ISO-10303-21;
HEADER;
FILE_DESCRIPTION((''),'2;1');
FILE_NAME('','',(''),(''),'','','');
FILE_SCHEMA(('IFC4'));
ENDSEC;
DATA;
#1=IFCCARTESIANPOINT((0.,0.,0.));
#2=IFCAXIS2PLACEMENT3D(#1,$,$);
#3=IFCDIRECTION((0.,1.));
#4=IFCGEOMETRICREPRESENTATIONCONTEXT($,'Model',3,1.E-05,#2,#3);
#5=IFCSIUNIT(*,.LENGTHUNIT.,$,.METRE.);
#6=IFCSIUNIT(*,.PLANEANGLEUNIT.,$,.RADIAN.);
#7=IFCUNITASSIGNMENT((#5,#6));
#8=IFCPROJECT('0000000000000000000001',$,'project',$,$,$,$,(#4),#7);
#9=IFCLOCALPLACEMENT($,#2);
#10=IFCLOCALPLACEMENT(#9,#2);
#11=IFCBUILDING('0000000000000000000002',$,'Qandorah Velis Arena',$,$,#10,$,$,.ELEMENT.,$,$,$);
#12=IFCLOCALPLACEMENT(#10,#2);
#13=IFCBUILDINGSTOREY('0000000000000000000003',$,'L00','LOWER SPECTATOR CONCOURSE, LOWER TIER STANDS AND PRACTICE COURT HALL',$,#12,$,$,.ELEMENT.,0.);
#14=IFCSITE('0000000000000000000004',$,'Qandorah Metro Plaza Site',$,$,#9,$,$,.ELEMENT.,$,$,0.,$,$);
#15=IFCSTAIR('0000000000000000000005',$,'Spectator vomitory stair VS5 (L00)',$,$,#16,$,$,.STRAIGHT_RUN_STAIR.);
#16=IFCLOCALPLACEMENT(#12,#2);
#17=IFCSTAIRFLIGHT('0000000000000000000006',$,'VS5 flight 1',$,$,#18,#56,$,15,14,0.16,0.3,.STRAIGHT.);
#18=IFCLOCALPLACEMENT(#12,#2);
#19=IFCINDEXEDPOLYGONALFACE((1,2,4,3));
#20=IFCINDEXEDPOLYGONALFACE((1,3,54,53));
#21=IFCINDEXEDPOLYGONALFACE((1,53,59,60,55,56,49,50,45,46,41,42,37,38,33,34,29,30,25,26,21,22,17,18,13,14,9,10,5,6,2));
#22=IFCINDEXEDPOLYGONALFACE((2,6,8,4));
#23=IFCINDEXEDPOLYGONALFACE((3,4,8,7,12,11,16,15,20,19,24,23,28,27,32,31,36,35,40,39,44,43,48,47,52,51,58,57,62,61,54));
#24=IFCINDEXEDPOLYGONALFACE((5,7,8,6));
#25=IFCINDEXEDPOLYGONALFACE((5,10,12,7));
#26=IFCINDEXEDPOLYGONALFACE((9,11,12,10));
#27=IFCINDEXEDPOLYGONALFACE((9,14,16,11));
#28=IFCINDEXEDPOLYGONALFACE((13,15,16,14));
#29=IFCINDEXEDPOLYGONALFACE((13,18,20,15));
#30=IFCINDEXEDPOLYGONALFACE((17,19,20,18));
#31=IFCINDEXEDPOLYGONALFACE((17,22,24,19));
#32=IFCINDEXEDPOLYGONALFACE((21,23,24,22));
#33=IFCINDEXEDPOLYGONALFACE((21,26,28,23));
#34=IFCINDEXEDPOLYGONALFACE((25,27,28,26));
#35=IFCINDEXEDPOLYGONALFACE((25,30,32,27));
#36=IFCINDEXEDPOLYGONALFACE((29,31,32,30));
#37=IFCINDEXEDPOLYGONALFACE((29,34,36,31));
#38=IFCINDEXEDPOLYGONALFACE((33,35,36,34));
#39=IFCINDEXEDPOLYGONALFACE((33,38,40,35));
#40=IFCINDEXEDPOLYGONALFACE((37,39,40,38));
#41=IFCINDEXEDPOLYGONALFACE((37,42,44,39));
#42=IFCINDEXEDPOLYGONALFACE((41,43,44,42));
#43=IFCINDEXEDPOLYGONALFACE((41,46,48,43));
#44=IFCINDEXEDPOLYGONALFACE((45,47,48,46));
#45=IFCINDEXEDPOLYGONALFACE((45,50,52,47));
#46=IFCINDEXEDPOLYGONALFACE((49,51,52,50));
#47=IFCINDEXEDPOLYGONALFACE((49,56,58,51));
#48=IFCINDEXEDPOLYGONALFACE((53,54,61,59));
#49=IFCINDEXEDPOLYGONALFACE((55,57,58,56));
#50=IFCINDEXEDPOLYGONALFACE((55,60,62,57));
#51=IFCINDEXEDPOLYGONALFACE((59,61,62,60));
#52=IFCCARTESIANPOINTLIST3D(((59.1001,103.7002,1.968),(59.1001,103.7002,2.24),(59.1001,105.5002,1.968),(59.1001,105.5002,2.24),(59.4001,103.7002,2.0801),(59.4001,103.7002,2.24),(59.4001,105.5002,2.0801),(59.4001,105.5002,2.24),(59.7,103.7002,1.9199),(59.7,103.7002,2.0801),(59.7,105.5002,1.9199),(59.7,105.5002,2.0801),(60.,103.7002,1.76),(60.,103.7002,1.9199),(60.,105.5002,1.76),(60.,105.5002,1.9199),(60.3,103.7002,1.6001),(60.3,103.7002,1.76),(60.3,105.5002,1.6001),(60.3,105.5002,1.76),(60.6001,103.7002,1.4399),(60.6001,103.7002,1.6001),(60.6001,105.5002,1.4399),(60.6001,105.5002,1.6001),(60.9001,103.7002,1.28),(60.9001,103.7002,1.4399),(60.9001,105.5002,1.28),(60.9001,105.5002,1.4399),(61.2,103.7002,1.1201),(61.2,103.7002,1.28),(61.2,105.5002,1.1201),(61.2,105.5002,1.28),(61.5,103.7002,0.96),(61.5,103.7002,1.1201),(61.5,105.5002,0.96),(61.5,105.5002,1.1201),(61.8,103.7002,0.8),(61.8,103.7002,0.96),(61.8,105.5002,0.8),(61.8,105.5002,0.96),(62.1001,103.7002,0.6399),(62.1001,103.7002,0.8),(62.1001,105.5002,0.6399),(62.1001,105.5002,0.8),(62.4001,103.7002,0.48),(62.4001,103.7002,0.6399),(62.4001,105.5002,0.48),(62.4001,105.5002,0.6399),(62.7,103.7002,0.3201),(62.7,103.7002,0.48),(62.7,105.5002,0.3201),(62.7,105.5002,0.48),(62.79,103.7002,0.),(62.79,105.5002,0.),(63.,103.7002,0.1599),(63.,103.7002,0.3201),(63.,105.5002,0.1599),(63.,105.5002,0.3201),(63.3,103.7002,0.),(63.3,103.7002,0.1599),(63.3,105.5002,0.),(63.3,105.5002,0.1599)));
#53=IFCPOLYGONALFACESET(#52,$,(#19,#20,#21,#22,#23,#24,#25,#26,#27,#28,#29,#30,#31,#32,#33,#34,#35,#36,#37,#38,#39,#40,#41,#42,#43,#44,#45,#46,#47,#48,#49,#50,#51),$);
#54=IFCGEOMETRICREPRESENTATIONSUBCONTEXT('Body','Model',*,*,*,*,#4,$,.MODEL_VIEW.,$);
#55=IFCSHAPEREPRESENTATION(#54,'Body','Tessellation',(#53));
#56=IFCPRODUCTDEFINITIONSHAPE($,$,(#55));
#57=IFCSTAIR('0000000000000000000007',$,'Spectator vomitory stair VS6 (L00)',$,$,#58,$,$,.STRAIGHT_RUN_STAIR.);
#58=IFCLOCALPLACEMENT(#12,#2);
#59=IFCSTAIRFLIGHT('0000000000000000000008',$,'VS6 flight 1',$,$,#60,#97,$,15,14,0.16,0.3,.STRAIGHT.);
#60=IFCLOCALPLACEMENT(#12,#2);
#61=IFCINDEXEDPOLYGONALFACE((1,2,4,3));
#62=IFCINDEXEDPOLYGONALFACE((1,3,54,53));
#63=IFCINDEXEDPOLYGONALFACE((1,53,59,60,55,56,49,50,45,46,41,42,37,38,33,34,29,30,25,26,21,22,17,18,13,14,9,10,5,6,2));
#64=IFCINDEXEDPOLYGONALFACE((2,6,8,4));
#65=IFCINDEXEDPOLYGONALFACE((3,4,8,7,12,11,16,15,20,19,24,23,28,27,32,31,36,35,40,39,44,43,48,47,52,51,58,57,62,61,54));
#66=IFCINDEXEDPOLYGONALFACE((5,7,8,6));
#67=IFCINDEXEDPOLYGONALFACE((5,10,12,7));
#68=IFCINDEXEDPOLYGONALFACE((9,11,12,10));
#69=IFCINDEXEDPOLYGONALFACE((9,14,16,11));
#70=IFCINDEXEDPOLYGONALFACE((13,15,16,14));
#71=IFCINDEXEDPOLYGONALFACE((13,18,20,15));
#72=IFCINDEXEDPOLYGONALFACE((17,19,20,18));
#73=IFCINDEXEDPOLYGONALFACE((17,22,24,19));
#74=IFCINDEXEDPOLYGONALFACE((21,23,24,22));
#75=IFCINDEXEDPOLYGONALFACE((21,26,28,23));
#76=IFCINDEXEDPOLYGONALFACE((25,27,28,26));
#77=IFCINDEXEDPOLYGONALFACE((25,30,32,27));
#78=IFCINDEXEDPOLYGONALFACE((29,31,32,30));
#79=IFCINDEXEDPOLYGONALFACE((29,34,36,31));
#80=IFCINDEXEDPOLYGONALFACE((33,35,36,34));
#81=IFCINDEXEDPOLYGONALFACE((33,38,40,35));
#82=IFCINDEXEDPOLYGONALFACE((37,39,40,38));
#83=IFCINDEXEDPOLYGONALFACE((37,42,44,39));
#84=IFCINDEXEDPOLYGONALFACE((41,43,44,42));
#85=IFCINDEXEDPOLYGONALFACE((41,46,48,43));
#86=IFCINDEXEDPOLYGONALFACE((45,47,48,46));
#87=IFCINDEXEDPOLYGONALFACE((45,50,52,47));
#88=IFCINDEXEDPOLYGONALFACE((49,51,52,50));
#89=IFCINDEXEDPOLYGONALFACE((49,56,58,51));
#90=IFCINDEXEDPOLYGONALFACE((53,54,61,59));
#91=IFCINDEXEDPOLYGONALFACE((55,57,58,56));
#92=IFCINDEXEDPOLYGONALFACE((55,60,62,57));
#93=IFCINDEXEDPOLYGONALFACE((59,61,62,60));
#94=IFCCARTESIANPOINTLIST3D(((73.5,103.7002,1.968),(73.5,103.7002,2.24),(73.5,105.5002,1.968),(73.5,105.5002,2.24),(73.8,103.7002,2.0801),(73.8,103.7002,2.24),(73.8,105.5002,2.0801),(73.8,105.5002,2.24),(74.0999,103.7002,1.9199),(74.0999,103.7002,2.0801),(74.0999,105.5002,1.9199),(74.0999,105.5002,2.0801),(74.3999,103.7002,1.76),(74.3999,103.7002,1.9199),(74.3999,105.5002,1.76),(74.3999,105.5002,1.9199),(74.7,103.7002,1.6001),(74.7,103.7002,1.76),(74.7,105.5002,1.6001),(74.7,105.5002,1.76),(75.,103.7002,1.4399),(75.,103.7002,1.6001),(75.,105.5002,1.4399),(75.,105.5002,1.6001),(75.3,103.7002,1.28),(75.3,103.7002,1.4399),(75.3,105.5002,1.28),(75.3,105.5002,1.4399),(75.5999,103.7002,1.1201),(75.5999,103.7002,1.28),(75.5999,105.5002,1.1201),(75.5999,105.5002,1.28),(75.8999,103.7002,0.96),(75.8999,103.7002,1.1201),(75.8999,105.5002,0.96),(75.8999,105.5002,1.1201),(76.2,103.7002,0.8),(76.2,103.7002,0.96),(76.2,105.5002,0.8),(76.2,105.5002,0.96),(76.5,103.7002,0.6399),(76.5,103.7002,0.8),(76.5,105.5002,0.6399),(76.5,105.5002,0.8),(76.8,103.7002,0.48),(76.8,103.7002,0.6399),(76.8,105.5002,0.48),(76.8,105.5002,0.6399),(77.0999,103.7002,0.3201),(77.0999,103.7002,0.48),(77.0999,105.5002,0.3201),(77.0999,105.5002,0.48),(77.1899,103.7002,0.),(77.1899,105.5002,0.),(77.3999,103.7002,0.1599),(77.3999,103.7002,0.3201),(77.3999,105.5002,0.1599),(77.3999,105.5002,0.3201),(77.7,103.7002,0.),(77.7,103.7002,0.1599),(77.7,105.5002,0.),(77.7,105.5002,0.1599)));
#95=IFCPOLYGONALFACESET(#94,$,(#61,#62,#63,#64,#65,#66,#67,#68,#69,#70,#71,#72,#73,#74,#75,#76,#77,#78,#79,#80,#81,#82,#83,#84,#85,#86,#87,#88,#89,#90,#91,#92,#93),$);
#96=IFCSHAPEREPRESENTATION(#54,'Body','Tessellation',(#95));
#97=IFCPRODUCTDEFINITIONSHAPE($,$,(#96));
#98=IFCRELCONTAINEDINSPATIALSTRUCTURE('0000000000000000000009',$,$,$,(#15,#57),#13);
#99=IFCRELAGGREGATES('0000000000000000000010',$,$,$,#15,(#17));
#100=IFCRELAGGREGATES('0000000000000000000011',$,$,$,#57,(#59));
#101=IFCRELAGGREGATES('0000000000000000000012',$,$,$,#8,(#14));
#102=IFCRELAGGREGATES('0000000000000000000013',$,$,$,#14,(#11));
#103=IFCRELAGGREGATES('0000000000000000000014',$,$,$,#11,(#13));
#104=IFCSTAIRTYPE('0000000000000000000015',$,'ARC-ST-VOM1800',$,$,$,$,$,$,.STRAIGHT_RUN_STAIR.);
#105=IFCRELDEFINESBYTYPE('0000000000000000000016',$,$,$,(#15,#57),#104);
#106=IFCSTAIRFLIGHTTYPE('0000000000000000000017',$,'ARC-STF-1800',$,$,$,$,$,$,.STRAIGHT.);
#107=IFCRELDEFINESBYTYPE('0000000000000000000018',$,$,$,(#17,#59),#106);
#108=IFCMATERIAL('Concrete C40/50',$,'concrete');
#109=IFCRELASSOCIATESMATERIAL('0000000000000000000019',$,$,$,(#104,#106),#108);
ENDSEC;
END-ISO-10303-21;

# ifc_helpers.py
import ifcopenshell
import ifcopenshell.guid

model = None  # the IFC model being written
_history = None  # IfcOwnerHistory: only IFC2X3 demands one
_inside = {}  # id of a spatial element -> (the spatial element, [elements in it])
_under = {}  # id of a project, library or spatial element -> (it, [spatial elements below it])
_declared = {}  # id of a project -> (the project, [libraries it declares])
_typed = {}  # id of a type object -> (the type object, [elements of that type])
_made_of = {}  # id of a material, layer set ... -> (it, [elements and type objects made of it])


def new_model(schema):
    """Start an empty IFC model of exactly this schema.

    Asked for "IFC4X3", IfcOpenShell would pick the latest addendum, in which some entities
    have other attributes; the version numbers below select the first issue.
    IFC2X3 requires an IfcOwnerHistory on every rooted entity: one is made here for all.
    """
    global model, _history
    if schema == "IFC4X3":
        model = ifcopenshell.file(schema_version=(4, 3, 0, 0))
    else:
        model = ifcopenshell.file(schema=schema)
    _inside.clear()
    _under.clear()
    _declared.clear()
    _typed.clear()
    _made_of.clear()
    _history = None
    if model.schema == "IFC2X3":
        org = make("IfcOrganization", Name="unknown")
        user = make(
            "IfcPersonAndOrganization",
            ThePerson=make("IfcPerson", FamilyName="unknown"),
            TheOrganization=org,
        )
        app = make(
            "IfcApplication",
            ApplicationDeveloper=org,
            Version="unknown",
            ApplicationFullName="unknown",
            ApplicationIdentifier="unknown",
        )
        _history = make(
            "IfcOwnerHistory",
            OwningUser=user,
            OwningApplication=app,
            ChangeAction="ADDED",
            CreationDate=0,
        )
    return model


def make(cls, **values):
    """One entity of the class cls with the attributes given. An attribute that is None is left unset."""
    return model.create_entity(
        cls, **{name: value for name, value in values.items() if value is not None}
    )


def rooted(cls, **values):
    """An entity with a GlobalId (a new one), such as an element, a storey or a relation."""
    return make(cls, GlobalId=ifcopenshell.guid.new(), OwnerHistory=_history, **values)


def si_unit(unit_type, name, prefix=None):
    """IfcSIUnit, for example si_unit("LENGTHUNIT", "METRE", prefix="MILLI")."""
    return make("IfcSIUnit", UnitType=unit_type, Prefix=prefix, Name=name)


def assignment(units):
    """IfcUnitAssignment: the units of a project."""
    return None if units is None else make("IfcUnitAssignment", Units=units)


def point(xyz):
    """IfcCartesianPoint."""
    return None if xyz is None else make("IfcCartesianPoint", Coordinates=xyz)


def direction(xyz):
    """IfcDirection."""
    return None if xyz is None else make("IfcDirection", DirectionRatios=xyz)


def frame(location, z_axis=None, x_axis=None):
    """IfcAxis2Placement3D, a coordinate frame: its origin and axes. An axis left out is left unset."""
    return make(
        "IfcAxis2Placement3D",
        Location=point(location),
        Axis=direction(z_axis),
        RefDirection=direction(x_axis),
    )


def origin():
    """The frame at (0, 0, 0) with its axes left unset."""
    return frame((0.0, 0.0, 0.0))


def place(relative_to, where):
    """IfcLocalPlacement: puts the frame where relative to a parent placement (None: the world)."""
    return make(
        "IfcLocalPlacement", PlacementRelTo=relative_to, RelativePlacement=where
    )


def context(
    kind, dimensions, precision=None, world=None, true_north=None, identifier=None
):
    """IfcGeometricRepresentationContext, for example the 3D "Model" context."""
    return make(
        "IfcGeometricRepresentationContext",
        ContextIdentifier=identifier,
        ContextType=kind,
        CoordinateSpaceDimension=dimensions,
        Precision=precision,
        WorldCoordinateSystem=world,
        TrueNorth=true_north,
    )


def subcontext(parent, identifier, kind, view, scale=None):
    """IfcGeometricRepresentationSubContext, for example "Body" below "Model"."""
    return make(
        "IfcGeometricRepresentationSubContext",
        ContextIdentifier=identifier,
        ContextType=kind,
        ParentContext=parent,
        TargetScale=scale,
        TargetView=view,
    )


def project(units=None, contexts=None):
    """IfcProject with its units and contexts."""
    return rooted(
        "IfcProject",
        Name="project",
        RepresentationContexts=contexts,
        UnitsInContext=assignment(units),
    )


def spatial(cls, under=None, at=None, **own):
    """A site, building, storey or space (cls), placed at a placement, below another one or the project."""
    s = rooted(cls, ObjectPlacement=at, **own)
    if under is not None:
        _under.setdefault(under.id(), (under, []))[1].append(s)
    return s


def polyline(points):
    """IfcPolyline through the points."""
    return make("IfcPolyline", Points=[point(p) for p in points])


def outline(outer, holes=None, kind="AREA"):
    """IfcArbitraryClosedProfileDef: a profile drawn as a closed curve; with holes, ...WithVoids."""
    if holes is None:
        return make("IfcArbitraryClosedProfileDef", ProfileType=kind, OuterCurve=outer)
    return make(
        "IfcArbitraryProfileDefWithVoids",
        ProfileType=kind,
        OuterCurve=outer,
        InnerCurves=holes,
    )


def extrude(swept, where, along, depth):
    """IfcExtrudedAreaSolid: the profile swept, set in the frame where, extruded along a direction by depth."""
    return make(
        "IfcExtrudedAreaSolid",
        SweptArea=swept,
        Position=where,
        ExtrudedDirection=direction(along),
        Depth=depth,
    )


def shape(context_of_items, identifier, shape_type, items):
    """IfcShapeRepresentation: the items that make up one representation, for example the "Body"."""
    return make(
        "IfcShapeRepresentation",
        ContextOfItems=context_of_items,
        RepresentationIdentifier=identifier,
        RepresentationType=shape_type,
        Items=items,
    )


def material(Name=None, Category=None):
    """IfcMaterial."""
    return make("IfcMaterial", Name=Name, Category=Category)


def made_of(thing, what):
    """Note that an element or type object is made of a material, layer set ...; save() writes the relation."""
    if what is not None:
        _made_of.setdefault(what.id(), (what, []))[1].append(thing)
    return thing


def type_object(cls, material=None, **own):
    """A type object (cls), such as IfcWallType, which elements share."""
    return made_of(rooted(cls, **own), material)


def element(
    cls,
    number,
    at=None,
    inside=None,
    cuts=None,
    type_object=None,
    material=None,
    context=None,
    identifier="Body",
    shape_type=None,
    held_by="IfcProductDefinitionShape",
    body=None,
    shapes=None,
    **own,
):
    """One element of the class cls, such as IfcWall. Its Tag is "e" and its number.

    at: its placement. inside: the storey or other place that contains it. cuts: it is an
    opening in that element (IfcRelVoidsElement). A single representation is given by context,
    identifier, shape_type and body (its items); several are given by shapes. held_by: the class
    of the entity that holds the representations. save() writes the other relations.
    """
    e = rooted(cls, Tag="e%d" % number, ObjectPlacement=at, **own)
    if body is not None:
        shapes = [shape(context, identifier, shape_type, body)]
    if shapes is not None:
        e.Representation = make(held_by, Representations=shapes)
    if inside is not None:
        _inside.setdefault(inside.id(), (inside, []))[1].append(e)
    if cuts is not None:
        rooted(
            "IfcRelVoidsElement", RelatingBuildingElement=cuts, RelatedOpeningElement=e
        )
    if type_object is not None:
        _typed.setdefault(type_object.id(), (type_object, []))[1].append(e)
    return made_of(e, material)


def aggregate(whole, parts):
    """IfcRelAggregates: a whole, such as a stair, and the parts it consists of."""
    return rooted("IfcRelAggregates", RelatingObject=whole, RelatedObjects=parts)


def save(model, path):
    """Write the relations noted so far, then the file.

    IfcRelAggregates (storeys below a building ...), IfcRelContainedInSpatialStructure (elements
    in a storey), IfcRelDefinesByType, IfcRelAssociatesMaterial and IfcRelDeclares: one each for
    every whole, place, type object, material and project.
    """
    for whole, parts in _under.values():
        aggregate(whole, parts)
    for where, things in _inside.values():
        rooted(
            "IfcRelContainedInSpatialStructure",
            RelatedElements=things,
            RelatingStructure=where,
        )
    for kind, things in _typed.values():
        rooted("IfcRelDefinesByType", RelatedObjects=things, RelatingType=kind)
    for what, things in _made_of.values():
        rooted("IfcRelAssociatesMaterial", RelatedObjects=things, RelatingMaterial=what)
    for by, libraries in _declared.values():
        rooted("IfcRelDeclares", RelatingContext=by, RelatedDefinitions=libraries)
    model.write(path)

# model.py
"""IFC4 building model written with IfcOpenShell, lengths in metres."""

from ifc_helpers import new_model, si_unit, direction, frame, origin, place, context, subcontext, project, spatial, polyline, outline, extrude, material, type_object, element, aggregate, save


model = new_model("IFC4")

# Units and contexts
model_context = context("Model", 3, precision=1e-05, world=origin(), true_north=direction((0.0, 1.0)))
body_context = subcontext(model_context, "Body", "Model", "MODEL_VIEW")
ifc_project = project(units=[si_unit("LENGTHUNIT", "METRE"), si_unit("PLANEANGLEUNIT", "RADIAN")], contexts=[model_context])

# Site, building, storey
site_placement = place(None, origin())
site = spatial("IfcSite", under=ifc_project, at=site_placement, Name="Qandorah Metro Plaza Site", CompositionType="ELEMENT", RefElevation=0.0)
building_placement = place(site_placement, origin())
building = spatial("IfcBuilding", under=site, at=building_placement, Name="Qandorah Velis Arena", CompositionType="ELEMENT")
storey_placement = place(building_placement, origin())
storey = spatial("IfcBuildingStorey", under=building, at=storey_placement, Name="L00", Description="LOWER SPECTATOR CONCOURSE, LOWER TIER STANDS AND PRACTICE COURT HALL", CompositionType="ELEMENT", Elevation=0.0)

# Shared definitions
ifc_material_1 = material(Name="Concrete C40/50", Category="concrete")

# Stairs, stair flights
stair_type = type_object("IfcStairType", Name="ARC-ST-VOM1800", PredefinedType="STRAIGHT_RUN_STAIR", material=ifc_material_1)
stair_1_placement = place(storey_placement, origin())
stair_1 = element("IfcStair", 1, at=stair_1_placement, inside=storey, type_object=stair_type, Name="Spectator vomitory stair VS5 (L00)", PredefinedType="STRAIGHT_RUN_STAIR")
stair_flight_type = type_object("IfcStairFlightType", Name="ARC-STF-1800", PredefinedType="STRAIGHT", material=ifc_material_1)
stair_flight_1_placement = place(storey_placement, frame((63.3, 104.6001, 0.0), z_axis=(0.0, 0.0, 1.0), x_axis=(-1.0, 0.0, 0.0)))
stair_flight_1 = element("IfcStairFlight", 2, at=stair_flight_1_placement, type_object=stair_flight_type, Name="VS5 flight 1", NumberOfRisers=15, NumberOfTreads=14, PredefinedType="STRAIGHT", RiserHeight=0.16, TreadLength=0.3, context=body_context, shape_type="SweptSolid", body=[
    extrude(outline(polyline([(0.0, 0.0), (0.0, 0.1599), (0.3, 0.1599), (0.3, 0.3201), (0.6001, 0.3201), (0.6001, 0.48), (0.8999, 0.48), (0.8999, 0.6399), (1.2, 0.6399), (1.2, 0.8), (1.5, 0.8), (1.5, 0.96), (1.8, 0.96), (1.8, 1.1201), (2.1001, 1.1201), (2.1001, 1.28), (2.3999, 1.28), (2.3999, 1.4399), (2.7, 1.4399), (2.7, 1.6001), (3.0, 1.6001), (3.0, 1.76), (3.3, 1.76), (3.3, 1.9199), (3.6001, 1.9199), (3.6001, 2.0801), (3.8999, 2.0801), (3.8999, 2.24), (4.2, 2.24), (4.2, 2.3999), (4.2, 1.968), (0.51, 0.0), (0.0, 0.0)])), frame((0.0, 0.8999, 0.0), z_axis=(0.0, -1.0, 0.0), x_axis=(1.0, 0.0, 0.0)), (0.0, 0.0, 1.0), 1.8),
])
aggregate(stair_1, [stair_flight_1])
stair_2_placement = place(storey_placement, origin())
stair_2 = element("IfcStair", 3, at=stair_2_placement, inside=storey, type_object=stair_type, Name="Spectator vomitory stair VS6 (L00)", PredefinedType="STRAIGHT_RUN_STAIR")
stair_flight_2_placement = place(storey_placement, frame((77.7, 104.6001, 0.0), z_axis=(0.0, 0.0, 1.0), x_axis=(-1.0, 0.0, 0.0)))
stair_flight_2 = element("IfcStairFlight", 4, at=stair_flight_2_placement, type_object=stair_flight_type, Name="VS6 flight 1", NumberOfRisers=15, NumberOfTreads=14, PredefinedType="STRAIGHT", RiserHeight=0.16, TreadLength=0.3, context=body_context, shape_type="SweptSolid", body=[
    extrude(outline(polyline([(0.0, 0.0), (0.0, 0.1599), (0.3, 0.1599), (0.3, 0.3201), (0.6001, 0.3201), (0.6001, 0.48), (0.8999, 0.48), (0.8999, 0.6399), (1.2, 0.6399), (1.2, 0.8), (1.5, 0.8), (1.5, 0.96), (1.8, 0.96), (1.8, 1.1201), (2.1001, 1.1201), (2.1001, 1.28), (2.3999, 1.28), (2.3999, 1.4399), (2.7, 1.4399), (2.7, 1.6001), (3.0, 1.6001), (3.0, 1.76), (3.3, 1.76), (3.3, 1.9199), (3.6001, 1.9199), (3.6001, 2.0801), (3.8999, 2.0801), (3.8999, 2.24), (4.2, 2.24), (4.2, 2.3999), (4.2, 1.968), (0.51, 0.0), (0.0, 0.0)])), frame((0.0, 0.8999, 0.0), z_axis=(0.0, -1.0, 0.0), x_axis=(1.0, 0.0, 0.0)), (0.0, 0.0, 1.0), 1.8),
])
aggregate(stair_2, [stair_flight_2])

save(model, "model.ifc")
